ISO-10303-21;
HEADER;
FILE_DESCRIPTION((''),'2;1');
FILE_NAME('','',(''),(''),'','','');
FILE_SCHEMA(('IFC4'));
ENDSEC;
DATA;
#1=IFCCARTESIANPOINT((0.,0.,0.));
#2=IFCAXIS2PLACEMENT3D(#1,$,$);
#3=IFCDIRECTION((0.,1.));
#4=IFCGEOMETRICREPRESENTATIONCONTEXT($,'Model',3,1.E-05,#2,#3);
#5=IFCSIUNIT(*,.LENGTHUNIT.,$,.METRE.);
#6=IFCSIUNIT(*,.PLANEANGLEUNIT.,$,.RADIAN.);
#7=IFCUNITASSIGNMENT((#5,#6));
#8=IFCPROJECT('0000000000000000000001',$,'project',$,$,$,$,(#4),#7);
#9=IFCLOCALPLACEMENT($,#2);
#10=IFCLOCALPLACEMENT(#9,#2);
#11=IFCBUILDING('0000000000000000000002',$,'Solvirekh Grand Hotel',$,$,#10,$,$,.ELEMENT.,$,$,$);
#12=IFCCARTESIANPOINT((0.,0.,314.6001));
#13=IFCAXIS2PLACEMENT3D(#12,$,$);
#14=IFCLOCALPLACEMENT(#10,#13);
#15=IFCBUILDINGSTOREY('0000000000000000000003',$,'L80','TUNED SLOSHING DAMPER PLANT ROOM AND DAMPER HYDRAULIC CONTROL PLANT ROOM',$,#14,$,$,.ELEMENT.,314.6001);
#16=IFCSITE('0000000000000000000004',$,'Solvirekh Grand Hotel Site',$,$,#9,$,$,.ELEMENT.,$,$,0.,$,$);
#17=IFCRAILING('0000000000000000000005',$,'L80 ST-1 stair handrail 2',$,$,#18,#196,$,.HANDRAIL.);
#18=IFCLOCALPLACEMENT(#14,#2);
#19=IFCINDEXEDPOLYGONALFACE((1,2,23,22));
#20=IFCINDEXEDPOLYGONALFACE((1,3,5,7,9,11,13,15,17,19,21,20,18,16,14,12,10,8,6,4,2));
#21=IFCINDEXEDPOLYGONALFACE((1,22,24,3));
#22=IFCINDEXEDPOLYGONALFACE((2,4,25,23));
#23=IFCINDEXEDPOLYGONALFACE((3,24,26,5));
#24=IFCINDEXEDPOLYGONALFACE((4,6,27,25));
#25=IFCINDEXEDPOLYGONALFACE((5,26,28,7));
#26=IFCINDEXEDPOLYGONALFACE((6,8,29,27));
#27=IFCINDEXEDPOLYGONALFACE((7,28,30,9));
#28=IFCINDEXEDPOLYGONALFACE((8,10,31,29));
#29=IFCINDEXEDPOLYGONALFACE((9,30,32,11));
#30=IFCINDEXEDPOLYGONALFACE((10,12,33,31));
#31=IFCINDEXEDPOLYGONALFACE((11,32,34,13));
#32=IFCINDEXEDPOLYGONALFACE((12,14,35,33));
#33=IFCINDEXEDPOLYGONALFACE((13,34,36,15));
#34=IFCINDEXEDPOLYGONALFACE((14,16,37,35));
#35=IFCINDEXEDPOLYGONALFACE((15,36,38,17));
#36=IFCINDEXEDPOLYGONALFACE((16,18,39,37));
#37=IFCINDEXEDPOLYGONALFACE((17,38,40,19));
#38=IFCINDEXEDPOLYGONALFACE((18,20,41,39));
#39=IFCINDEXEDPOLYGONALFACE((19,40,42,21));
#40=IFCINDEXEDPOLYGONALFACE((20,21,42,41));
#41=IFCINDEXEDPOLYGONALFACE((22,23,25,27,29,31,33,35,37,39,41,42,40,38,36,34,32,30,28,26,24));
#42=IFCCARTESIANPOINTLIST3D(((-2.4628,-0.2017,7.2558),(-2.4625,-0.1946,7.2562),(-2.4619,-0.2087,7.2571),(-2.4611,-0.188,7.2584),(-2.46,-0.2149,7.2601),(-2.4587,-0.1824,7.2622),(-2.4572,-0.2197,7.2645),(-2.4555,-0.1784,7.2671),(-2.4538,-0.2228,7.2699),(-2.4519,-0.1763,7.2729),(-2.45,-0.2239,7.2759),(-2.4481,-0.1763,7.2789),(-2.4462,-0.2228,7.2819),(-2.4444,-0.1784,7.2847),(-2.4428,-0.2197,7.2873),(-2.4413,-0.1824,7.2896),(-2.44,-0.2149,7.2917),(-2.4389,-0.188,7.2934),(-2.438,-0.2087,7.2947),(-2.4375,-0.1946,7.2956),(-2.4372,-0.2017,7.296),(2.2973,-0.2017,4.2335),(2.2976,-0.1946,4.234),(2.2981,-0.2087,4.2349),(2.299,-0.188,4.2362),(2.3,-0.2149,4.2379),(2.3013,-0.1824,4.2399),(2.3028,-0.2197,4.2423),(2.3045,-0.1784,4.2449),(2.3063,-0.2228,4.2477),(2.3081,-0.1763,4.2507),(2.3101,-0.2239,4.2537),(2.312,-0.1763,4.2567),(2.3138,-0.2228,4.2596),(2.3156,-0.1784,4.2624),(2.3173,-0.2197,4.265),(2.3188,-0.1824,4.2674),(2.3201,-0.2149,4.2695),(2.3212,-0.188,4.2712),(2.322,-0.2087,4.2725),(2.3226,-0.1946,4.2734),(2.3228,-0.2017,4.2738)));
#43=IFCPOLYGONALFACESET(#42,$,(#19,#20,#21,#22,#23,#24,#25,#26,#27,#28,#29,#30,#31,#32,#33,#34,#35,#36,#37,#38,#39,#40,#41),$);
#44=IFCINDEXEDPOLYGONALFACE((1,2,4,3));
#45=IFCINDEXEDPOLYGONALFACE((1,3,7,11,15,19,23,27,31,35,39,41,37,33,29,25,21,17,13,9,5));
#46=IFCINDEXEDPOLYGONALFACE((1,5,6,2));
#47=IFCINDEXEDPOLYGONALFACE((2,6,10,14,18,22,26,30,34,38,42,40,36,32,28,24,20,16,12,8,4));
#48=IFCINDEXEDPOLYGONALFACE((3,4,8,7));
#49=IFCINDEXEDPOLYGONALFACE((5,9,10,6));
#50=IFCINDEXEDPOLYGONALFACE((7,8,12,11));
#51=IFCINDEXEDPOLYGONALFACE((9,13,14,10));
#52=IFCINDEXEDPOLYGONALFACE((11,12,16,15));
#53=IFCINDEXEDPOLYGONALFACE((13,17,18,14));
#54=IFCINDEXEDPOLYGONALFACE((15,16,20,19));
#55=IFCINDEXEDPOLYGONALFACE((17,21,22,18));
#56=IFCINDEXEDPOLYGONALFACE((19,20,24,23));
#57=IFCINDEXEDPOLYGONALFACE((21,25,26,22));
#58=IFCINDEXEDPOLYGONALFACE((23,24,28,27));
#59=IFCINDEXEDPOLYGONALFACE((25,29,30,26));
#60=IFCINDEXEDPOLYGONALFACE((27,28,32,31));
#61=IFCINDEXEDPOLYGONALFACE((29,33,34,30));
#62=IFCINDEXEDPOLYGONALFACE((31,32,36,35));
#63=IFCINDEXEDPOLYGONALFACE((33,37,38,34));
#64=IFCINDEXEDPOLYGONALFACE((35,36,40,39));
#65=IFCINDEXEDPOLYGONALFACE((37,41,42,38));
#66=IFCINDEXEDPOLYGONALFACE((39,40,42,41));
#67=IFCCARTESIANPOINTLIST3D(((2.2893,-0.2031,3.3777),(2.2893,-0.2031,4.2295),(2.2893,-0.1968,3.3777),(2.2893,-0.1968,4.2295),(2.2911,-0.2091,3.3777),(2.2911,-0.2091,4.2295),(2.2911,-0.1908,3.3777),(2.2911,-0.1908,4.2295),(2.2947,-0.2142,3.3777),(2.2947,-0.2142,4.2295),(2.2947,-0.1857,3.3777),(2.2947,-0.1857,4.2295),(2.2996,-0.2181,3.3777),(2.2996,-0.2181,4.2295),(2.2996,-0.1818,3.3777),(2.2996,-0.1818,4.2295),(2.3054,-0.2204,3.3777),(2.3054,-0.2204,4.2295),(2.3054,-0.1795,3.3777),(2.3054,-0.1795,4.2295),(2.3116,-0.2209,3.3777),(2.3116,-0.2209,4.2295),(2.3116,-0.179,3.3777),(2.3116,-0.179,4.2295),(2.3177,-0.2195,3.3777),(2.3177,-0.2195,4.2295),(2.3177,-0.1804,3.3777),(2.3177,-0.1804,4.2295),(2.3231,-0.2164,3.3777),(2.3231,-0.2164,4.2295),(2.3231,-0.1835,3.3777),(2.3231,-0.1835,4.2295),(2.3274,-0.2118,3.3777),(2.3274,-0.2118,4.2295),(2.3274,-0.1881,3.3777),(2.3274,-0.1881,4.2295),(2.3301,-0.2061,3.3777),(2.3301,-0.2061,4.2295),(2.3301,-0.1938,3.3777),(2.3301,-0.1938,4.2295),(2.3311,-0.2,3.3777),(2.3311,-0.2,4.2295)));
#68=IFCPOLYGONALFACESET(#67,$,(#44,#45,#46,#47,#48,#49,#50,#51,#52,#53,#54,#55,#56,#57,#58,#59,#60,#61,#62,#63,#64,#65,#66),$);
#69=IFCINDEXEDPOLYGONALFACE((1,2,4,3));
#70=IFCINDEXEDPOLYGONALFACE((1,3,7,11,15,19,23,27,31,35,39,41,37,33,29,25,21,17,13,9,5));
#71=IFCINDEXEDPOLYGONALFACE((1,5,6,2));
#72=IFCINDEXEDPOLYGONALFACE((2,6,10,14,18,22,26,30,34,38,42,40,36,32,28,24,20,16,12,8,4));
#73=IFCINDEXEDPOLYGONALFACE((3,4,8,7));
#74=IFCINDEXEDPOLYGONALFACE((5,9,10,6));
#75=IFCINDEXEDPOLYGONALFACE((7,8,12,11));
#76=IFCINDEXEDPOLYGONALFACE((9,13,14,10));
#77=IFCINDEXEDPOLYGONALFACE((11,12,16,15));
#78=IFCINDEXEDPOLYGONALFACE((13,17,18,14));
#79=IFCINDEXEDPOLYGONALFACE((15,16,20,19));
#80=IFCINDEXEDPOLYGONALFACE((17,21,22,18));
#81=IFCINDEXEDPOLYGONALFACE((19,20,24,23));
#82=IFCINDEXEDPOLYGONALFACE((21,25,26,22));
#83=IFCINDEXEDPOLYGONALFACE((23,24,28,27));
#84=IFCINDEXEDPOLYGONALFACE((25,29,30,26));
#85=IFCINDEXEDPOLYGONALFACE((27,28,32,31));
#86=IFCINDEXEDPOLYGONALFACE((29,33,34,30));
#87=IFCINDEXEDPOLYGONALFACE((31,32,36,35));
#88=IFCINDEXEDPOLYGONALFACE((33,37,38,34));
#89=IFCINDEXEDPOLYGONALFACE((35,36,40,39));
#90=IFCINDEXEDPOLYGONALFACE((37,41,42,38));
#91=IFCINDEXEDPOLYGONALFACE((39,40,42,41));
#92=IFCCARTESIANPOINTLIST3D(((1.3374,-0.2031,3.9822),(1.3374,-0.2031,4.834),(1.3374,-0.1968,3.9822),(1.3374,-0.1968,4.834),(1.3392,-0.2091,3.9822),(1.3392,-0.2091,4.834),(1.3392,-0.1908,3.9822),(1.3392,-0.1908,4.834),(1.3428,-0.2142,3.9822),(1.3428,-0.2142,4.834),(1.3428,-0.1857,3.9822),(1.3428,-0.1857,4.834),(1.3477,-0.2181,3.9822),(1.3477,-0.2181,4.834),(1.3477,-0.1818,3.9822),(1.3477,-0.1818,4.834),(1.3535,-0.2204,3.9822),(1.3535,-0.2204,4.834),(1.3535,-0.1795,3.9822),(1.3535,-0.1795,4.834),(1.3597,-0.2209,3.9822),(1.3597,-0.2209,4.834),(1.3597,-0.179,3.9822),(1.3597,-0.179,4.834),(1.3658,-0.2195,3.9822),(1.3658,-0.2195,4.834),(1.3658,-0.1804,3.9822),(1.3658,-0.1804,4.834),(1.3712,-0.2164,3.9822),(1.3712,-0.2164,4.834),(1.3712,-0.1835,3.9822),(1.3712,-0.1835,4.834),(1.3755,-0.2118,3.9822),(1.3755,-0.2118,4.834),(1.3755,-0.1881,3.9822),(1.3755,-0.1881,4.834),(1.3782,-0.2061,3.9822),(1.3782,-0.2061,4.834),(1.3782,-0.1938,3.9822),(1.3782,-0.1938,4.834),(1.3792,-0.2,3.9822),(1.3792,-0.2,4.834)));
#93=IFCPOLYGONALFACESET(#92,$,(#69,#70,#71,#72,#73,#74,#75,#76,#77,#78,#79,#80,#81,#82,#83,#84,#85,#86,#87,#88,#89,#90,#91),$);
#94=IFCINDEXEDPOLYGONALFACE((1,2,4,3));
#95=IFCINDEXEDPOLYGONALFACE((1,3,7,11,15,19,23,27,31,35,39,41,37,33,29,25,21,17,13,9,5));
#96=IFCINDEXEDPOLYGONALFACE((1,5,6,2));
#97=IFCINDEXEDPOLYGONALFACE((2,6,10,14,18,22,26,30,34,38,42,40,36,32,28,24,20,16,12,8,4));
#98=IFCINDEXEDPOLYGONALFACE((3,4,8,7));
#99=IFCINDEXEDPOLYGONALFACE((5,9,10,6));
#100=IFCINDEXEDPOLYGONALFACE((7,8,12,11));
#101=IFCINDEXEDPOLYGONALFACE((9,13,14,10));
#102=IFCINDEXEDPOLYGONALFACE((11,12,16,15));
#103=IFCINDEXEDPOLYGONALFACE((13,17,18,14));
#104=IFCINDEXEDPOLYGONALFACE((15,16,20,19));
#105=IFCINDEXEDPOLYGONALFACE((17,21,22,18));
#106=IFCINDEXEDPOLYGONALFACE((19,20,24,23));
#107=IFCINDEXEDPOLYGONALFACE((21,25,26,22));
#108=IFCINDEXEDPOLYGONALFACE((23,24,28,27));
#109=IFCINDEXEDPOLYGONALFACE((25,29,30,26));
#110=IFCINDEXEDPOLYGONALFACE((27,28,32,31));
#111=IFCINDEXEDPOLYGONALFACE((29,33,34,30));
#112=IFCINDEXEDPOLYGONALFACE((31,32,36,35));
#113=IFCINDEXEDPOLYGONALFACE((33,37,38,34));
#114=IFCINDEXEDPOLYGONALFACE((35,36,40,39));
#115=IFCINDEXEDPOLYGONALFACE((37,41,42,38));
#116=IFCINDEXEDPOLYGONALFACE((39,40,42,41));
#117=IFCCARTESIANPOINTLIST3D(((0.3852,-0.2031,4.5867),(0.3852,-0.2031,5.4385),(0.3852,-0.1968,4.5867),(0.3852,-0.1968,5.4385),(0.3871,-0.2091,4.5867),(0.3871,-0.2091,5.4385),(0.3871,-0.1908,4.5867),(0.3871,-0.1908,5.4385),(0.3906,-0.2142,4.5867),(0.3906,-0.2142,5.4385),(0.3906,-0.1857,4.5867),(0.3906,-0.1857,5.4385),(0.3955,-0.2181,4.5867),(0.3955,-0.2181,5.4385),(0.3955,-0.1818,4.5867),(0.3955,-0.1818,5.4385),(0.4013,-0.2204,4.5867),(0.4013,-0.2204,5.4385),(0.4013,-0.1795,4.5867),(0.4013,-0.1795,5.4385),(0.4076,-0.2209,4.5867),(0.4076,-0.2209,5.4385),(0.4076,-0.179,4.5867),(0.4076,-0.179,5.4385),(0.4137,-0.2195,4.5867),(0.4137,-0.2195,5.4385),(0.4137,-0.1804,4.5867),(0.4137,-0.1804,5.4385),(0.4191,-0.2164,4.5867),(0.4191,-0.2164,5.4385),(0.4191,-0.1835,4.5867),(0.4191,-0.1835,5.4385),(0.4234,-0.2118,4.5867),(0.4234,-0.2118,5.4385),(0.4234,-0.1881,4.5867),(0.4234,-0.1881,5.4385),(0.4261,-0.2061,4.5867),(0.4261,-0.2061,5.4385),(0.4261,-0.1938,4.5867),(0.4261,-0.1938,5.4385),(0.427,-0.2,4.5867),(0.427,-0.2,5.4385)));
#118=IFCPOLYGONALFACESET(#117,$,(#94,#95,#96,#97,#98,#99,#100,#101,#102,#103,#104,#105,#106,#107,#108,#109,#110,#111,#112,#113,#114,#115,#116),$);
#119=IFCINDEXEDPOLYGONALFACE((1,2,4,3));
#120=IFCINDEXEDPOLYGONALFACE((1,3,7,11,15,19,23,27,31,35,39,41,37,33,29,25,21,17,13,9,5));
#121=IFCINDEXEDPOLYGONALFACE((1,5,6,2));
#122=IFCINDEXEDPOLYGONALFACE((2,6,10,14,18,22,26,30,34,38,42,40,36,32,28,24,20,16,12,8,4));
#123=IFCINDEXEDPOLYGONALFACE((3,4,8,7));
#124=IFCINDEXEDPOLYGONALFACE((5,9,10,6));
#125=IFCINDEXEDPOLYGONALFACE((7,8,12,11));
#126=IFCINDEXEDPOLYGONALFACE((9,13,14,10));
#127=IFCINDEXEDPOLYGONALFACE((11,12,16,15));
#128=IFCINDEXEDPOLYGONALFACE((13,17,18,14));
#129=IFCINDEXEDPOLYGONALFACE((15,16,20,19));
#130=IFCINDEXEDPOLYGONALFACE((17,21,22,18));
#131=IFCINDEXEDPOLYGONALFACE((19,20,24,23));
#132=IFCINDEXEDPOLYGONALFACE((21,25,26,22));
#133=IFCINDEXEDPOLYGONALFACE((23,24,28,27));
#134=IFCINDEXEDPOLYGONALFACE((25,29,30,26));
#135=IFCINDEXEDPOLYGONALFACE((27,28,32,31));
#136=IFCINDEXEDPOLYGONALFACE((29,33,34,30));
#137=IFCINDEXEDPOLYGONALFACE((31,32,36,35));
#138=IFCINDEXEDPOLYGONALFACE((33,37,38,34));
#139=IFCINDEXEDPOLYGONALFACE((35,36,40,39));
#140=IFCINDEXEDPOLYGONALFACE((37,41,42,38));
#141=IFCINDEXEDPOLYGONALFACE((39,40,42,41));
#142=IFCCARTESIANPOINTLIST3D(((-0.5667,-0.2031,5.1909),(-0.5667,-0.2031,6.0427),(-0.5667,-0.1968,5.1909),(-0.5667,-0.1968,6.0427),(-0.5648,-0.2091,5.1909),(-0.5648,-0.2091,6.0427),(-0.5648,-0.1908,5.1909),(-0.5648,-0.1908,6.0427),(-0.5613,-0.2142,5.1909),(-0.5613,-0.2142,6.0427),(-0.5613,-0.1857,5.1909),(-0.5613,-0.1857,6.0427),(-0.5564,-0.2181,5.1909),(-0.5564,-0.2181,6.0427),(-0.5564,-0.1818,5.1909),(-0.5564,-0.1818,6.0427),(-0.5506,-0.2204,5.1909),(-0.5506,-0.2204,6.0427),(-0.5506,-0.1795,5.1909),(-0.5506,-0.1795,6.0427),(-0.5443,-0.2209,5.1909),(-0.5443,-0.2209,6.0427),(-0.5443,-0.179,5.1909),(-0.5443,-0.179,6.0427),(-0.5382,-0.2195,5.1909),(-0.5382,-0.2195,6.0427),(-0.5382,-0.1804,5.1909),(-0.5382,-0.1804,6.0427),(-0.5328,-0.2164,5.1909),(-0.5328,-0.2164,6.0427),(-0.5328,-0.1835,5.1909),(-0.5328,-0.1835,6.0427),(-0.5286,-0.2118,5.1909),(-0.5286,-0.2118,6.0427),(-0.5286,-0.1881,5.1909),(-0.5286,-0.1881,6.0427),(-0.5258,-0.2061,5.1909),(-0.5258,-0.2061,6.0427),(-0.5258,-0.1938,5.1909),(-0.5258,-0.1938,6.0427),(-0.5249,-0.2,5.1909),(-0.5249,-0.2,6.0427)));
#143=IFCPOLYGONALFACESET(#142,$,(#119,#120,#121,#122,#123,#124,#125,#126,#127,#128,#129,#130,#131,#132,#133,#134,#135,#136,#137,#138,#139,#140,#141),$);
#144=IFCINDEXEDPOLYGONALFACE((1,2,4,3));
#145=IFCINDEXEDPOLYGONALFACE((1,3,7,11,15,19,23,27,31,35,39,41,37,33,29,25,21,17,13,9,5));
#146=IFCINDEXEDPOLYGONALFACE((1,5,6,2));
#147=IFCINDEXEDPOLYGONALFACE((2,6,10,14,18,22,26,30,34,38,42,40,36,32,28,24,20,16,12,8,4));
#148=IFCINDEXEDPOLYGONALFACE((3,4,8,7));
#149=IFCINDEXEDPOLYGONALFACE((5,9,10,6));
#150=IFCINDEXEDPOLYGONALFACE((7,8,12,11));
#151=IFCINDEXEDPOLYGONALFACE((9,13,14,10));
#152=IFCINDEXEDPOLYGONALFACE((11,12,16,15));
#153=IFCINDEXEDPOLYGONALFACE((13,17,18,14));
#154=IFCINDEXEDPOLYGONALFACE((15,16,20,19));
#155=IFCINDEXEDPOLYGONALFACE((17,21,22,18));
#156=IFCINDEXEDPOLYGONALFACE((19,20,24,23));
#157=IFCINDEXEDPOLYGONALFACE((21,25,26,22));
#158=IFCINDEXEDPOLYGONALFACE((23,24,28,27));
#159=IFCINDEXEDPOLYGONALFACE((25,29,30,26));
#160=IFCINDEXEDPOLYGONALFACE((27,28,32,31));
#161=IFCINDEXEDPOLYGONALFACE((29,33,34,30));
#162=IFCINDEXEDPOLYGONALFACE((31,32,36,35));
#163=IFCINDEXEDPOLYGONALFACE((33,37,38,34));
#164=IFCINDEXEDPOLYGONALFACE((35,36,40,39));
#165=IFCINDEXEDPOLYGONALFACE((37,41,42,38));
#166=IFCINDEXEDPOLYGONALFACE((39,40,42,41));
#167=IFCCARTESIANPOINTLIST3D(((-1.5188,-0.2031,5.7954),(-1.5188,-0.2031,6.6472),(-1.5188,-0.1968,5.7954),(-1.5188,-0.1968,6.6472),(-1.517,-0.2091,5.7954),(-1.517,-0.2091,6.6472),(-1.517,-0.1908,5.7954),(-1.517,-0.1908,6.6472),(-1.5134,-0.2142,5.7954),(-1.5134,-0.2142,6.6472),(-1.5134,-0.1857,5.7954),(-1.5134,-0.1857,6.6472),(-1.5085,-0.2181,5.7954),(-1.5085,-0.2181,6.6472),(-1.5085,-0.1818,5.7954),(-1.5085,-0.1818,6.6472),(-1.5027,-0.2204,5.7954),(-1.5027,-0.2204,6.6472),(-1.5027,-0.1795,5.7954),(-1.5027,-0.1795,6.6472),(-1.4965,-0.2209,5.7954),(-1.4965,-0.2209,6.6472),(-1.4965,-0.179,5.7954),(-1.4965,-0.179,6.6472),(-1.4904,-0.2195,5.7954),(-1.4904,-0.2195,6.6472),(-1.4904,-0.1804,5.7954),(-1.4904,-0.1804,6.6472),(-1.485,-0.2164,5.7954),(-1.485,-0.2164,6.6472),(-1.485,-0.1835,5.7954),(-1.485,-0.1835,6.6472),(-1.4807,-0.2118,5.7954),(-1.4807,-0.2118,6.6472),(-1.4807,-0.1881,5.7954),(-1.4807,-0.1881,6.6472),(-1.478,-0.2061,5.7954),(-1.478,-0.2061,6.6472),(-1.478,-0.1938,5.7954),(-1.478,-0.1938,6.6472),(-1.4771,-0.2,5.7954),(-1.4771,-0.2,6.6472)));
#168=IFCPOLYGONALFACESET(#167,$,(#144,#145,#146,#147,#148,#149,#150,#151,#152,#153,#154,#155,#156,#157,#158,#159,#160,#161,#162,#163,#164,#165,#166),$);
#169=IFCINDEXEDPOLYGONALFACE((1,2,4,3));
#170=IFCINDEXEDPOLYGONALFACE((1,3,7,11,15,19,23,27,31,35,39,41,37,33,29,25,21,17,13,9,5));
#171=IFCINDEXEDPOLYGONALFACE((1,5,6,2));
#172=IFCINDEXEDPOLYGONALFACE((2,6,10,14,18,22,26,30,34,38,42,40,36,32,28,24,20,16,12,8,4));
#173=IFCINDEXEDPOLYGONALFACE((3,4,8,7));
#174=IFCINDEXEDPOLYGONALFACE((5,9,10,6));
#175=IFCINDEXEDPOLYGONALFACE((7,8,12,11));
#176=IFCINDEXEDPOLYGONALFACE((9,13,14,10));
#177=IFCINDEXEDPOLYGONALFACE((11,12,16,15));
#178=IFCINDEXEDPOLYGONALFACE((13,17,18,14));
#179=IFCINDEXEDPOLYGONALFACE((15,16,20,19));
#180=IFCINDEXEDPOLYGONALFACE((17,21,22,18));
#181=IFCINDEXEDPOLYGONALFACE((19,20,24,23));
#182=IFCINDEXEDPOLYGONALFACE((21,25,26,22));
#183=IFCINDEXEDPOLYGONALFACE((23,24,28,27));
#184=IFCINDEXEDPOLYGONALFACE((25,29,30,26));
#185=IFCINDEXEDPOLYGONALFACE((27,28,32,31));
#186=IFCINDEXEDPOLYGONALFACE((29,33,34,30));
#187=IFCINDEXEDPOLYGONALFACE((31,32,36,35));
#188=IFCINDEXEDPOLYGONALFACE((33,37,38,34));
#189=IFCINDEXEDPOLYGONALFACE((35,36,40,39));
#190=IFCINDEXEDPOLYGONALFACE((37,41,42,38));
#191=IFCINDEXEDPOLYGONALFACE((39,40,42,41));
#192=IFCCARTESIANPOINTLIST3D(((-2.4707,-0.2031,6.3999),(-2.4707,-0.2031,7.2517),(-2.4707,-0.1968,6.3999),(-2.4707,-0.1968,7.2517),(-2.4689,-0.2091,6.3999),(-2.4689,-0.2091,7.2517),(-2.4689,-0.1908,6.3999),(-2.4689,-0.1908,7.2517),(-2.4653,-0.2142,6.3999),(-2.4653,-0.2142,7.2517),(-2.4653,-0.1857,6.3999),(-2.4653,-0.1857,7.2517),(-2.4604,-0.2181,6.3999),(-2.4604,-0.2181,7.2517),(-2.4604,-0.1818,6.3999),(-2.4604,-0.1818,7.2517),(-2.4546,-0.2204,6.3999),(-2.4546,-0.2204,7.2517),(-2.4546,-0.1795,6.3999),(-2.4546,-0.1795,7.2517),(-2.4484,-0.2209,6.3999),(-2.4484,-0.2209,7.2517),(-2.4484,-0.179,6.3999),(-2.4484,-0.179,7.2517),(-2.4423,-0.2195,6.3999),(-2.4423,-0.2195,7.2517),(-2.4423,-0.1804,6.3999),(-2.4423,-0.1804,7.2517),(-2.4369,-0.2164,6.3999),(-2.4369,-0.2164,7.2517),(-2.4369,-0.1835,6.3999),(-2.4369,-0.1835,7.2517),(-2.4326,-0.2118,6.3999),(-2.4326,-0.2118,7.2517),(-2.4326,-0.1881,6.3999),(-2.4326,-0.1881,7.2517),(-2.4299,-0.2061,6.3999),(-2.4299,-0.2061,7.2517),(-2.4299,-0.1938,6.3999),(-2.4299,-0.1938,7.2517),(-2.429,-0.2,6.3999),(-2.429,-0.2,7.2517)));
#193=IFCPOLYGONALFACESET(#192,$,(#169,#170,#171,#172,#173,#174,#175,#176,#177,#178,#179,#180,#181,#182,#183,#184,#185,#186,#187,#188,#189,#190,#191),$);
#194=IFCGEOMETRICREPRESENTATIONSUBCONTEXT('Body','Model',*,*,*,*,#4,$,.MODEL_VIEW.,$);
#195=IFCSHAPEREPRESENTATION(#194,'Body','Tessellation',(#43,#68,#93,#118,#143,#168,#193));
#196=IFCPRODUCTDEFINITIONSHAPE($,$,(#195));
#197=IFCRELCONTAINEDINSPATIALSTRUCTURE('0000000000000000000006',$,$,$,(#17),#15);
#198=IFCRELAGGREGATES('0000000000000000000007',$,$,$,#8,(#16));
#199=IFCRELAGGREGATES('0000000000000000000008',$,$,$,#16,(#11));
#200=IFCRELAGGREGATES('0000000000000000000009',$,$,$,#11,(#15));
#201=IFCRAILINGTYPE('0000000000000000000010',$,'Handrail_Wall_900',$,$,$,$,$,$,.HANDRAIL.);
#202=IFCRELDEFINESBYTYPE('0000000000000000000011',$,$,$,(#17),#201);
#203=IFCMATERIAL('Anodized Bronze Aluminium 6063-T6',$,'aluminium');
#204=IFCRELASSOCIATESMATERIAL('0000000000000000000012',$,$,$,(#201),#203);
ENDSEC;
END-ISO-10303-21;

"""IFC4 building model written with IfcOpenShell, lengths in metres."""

from ifc_helpers import new_model, si_unit, direction, frame, origin, origin_2d, place, context, subcontext, project, spatial, circle, extrude, material, type_object, element, save


model = new_model("IFC4")

# Units and contexts
model_context = context("Model", 3, precision=1e-05, world=origin(), true_north=direction((0.0, 1.0)))
body_context = subcontext(model_context, "Body", "Model", "MODEL_VIEW")
ifc_project = project(units=[si_unit("LENGTHUNIT", "METRE"), si_unit("PLANEANGLEUNIT", "RADIAN")], contexts=[model_context])

# Site, building, storey
site_placement = place(None, origin())
site = spatial("IfcSite", under=ifc_project, at=site_placement, Name="Solvirekh Grand Hotel Site", CompositionType="ELEMENT", RefElevation=0.0)
building_placement = place(site_placement, origin())
building = spatial("IfcBuilding", under=site, at=building_placement, Name="Solvirekh Grand Hotel", CompositionType="ELEMENT")
storey_placement = place(building_placement, frame((0.0, 0.0, 314.6001)))
storey = spatial("IfcBuildingStorey", under=building, at=storey_placement, Name="L80", Description="TUNED SLOSHING DAMPER PLANT ROOM AND DAMPER HYDRAULIC CONTROL PLANT ROOM", CompositionType="ELEMENT", Elevation=314.6001)

# Shared definitions
ifc_material_1 = material(Name="Anodized Bronze Aluminium 6063-T6", Category="aluminium")

# Railing
railing_type_1 = type_object("IfcRailingType", Name="Handrail_Wall_900", PredefinedType="HANDRAIL", material=ifc_material_1)
railing_1_placement = place(storey_placement, frame((2.3101, -0.2, 3.3777)))
element("IfcRailing", 1, at=railing_1_placement, inside=storey, type_object=railing_type_1, Name="L80 ST-1 stair handrail 2", PredefinedType="HANDRAIL", context=body_context, shape_type="SweptSolid", body=[
    extrude(circle(Radius=0.0239, at=origin_2d()), frame((0.0, 0.0, 0.876), z_axis=(-0.844214, 0.0, 0.536007), x_axis=(0.0, -1.0, 0.0)), (0.0, 0.0, 1.0), 5.6384),
    extrude(circle(Radius=0.021, at=origin_2d()), origin(), (0.0, 0.0, 1.0), 0.8518),
    extrude(circle(Radius=0.021, at=origin_2d()), frame((-0.9519, 0.0, 0.6045)), (0.0, 0.0, 1.0), 0.8518),
    extrude(circle(Radius=0.021, at=origin_2d()), frame((-1.9041, 0.0, 1.209)), (0.0, 0.0, 1.0), 0.8518),
    extrude(circle(Radius=0.021, at=origin_2d()), frame((-2.856, 0.0, 1.8132)), (0.0, 0.0, 1.0), 0.8518),
    extrude(circle(Radius=0.021, at=origin_2d()), frame((-3.8081, 0.0, 2.4177)), (0.0, 0.0, 1.0), 0.8518),
    extrude(circle(Radius=0.021, at=origin_2d()), frame((-4.76, 0.0, 3.0222)), (0.0, 0.0, 1.0), 0.8518),
])

save(model, "model.ifc")
